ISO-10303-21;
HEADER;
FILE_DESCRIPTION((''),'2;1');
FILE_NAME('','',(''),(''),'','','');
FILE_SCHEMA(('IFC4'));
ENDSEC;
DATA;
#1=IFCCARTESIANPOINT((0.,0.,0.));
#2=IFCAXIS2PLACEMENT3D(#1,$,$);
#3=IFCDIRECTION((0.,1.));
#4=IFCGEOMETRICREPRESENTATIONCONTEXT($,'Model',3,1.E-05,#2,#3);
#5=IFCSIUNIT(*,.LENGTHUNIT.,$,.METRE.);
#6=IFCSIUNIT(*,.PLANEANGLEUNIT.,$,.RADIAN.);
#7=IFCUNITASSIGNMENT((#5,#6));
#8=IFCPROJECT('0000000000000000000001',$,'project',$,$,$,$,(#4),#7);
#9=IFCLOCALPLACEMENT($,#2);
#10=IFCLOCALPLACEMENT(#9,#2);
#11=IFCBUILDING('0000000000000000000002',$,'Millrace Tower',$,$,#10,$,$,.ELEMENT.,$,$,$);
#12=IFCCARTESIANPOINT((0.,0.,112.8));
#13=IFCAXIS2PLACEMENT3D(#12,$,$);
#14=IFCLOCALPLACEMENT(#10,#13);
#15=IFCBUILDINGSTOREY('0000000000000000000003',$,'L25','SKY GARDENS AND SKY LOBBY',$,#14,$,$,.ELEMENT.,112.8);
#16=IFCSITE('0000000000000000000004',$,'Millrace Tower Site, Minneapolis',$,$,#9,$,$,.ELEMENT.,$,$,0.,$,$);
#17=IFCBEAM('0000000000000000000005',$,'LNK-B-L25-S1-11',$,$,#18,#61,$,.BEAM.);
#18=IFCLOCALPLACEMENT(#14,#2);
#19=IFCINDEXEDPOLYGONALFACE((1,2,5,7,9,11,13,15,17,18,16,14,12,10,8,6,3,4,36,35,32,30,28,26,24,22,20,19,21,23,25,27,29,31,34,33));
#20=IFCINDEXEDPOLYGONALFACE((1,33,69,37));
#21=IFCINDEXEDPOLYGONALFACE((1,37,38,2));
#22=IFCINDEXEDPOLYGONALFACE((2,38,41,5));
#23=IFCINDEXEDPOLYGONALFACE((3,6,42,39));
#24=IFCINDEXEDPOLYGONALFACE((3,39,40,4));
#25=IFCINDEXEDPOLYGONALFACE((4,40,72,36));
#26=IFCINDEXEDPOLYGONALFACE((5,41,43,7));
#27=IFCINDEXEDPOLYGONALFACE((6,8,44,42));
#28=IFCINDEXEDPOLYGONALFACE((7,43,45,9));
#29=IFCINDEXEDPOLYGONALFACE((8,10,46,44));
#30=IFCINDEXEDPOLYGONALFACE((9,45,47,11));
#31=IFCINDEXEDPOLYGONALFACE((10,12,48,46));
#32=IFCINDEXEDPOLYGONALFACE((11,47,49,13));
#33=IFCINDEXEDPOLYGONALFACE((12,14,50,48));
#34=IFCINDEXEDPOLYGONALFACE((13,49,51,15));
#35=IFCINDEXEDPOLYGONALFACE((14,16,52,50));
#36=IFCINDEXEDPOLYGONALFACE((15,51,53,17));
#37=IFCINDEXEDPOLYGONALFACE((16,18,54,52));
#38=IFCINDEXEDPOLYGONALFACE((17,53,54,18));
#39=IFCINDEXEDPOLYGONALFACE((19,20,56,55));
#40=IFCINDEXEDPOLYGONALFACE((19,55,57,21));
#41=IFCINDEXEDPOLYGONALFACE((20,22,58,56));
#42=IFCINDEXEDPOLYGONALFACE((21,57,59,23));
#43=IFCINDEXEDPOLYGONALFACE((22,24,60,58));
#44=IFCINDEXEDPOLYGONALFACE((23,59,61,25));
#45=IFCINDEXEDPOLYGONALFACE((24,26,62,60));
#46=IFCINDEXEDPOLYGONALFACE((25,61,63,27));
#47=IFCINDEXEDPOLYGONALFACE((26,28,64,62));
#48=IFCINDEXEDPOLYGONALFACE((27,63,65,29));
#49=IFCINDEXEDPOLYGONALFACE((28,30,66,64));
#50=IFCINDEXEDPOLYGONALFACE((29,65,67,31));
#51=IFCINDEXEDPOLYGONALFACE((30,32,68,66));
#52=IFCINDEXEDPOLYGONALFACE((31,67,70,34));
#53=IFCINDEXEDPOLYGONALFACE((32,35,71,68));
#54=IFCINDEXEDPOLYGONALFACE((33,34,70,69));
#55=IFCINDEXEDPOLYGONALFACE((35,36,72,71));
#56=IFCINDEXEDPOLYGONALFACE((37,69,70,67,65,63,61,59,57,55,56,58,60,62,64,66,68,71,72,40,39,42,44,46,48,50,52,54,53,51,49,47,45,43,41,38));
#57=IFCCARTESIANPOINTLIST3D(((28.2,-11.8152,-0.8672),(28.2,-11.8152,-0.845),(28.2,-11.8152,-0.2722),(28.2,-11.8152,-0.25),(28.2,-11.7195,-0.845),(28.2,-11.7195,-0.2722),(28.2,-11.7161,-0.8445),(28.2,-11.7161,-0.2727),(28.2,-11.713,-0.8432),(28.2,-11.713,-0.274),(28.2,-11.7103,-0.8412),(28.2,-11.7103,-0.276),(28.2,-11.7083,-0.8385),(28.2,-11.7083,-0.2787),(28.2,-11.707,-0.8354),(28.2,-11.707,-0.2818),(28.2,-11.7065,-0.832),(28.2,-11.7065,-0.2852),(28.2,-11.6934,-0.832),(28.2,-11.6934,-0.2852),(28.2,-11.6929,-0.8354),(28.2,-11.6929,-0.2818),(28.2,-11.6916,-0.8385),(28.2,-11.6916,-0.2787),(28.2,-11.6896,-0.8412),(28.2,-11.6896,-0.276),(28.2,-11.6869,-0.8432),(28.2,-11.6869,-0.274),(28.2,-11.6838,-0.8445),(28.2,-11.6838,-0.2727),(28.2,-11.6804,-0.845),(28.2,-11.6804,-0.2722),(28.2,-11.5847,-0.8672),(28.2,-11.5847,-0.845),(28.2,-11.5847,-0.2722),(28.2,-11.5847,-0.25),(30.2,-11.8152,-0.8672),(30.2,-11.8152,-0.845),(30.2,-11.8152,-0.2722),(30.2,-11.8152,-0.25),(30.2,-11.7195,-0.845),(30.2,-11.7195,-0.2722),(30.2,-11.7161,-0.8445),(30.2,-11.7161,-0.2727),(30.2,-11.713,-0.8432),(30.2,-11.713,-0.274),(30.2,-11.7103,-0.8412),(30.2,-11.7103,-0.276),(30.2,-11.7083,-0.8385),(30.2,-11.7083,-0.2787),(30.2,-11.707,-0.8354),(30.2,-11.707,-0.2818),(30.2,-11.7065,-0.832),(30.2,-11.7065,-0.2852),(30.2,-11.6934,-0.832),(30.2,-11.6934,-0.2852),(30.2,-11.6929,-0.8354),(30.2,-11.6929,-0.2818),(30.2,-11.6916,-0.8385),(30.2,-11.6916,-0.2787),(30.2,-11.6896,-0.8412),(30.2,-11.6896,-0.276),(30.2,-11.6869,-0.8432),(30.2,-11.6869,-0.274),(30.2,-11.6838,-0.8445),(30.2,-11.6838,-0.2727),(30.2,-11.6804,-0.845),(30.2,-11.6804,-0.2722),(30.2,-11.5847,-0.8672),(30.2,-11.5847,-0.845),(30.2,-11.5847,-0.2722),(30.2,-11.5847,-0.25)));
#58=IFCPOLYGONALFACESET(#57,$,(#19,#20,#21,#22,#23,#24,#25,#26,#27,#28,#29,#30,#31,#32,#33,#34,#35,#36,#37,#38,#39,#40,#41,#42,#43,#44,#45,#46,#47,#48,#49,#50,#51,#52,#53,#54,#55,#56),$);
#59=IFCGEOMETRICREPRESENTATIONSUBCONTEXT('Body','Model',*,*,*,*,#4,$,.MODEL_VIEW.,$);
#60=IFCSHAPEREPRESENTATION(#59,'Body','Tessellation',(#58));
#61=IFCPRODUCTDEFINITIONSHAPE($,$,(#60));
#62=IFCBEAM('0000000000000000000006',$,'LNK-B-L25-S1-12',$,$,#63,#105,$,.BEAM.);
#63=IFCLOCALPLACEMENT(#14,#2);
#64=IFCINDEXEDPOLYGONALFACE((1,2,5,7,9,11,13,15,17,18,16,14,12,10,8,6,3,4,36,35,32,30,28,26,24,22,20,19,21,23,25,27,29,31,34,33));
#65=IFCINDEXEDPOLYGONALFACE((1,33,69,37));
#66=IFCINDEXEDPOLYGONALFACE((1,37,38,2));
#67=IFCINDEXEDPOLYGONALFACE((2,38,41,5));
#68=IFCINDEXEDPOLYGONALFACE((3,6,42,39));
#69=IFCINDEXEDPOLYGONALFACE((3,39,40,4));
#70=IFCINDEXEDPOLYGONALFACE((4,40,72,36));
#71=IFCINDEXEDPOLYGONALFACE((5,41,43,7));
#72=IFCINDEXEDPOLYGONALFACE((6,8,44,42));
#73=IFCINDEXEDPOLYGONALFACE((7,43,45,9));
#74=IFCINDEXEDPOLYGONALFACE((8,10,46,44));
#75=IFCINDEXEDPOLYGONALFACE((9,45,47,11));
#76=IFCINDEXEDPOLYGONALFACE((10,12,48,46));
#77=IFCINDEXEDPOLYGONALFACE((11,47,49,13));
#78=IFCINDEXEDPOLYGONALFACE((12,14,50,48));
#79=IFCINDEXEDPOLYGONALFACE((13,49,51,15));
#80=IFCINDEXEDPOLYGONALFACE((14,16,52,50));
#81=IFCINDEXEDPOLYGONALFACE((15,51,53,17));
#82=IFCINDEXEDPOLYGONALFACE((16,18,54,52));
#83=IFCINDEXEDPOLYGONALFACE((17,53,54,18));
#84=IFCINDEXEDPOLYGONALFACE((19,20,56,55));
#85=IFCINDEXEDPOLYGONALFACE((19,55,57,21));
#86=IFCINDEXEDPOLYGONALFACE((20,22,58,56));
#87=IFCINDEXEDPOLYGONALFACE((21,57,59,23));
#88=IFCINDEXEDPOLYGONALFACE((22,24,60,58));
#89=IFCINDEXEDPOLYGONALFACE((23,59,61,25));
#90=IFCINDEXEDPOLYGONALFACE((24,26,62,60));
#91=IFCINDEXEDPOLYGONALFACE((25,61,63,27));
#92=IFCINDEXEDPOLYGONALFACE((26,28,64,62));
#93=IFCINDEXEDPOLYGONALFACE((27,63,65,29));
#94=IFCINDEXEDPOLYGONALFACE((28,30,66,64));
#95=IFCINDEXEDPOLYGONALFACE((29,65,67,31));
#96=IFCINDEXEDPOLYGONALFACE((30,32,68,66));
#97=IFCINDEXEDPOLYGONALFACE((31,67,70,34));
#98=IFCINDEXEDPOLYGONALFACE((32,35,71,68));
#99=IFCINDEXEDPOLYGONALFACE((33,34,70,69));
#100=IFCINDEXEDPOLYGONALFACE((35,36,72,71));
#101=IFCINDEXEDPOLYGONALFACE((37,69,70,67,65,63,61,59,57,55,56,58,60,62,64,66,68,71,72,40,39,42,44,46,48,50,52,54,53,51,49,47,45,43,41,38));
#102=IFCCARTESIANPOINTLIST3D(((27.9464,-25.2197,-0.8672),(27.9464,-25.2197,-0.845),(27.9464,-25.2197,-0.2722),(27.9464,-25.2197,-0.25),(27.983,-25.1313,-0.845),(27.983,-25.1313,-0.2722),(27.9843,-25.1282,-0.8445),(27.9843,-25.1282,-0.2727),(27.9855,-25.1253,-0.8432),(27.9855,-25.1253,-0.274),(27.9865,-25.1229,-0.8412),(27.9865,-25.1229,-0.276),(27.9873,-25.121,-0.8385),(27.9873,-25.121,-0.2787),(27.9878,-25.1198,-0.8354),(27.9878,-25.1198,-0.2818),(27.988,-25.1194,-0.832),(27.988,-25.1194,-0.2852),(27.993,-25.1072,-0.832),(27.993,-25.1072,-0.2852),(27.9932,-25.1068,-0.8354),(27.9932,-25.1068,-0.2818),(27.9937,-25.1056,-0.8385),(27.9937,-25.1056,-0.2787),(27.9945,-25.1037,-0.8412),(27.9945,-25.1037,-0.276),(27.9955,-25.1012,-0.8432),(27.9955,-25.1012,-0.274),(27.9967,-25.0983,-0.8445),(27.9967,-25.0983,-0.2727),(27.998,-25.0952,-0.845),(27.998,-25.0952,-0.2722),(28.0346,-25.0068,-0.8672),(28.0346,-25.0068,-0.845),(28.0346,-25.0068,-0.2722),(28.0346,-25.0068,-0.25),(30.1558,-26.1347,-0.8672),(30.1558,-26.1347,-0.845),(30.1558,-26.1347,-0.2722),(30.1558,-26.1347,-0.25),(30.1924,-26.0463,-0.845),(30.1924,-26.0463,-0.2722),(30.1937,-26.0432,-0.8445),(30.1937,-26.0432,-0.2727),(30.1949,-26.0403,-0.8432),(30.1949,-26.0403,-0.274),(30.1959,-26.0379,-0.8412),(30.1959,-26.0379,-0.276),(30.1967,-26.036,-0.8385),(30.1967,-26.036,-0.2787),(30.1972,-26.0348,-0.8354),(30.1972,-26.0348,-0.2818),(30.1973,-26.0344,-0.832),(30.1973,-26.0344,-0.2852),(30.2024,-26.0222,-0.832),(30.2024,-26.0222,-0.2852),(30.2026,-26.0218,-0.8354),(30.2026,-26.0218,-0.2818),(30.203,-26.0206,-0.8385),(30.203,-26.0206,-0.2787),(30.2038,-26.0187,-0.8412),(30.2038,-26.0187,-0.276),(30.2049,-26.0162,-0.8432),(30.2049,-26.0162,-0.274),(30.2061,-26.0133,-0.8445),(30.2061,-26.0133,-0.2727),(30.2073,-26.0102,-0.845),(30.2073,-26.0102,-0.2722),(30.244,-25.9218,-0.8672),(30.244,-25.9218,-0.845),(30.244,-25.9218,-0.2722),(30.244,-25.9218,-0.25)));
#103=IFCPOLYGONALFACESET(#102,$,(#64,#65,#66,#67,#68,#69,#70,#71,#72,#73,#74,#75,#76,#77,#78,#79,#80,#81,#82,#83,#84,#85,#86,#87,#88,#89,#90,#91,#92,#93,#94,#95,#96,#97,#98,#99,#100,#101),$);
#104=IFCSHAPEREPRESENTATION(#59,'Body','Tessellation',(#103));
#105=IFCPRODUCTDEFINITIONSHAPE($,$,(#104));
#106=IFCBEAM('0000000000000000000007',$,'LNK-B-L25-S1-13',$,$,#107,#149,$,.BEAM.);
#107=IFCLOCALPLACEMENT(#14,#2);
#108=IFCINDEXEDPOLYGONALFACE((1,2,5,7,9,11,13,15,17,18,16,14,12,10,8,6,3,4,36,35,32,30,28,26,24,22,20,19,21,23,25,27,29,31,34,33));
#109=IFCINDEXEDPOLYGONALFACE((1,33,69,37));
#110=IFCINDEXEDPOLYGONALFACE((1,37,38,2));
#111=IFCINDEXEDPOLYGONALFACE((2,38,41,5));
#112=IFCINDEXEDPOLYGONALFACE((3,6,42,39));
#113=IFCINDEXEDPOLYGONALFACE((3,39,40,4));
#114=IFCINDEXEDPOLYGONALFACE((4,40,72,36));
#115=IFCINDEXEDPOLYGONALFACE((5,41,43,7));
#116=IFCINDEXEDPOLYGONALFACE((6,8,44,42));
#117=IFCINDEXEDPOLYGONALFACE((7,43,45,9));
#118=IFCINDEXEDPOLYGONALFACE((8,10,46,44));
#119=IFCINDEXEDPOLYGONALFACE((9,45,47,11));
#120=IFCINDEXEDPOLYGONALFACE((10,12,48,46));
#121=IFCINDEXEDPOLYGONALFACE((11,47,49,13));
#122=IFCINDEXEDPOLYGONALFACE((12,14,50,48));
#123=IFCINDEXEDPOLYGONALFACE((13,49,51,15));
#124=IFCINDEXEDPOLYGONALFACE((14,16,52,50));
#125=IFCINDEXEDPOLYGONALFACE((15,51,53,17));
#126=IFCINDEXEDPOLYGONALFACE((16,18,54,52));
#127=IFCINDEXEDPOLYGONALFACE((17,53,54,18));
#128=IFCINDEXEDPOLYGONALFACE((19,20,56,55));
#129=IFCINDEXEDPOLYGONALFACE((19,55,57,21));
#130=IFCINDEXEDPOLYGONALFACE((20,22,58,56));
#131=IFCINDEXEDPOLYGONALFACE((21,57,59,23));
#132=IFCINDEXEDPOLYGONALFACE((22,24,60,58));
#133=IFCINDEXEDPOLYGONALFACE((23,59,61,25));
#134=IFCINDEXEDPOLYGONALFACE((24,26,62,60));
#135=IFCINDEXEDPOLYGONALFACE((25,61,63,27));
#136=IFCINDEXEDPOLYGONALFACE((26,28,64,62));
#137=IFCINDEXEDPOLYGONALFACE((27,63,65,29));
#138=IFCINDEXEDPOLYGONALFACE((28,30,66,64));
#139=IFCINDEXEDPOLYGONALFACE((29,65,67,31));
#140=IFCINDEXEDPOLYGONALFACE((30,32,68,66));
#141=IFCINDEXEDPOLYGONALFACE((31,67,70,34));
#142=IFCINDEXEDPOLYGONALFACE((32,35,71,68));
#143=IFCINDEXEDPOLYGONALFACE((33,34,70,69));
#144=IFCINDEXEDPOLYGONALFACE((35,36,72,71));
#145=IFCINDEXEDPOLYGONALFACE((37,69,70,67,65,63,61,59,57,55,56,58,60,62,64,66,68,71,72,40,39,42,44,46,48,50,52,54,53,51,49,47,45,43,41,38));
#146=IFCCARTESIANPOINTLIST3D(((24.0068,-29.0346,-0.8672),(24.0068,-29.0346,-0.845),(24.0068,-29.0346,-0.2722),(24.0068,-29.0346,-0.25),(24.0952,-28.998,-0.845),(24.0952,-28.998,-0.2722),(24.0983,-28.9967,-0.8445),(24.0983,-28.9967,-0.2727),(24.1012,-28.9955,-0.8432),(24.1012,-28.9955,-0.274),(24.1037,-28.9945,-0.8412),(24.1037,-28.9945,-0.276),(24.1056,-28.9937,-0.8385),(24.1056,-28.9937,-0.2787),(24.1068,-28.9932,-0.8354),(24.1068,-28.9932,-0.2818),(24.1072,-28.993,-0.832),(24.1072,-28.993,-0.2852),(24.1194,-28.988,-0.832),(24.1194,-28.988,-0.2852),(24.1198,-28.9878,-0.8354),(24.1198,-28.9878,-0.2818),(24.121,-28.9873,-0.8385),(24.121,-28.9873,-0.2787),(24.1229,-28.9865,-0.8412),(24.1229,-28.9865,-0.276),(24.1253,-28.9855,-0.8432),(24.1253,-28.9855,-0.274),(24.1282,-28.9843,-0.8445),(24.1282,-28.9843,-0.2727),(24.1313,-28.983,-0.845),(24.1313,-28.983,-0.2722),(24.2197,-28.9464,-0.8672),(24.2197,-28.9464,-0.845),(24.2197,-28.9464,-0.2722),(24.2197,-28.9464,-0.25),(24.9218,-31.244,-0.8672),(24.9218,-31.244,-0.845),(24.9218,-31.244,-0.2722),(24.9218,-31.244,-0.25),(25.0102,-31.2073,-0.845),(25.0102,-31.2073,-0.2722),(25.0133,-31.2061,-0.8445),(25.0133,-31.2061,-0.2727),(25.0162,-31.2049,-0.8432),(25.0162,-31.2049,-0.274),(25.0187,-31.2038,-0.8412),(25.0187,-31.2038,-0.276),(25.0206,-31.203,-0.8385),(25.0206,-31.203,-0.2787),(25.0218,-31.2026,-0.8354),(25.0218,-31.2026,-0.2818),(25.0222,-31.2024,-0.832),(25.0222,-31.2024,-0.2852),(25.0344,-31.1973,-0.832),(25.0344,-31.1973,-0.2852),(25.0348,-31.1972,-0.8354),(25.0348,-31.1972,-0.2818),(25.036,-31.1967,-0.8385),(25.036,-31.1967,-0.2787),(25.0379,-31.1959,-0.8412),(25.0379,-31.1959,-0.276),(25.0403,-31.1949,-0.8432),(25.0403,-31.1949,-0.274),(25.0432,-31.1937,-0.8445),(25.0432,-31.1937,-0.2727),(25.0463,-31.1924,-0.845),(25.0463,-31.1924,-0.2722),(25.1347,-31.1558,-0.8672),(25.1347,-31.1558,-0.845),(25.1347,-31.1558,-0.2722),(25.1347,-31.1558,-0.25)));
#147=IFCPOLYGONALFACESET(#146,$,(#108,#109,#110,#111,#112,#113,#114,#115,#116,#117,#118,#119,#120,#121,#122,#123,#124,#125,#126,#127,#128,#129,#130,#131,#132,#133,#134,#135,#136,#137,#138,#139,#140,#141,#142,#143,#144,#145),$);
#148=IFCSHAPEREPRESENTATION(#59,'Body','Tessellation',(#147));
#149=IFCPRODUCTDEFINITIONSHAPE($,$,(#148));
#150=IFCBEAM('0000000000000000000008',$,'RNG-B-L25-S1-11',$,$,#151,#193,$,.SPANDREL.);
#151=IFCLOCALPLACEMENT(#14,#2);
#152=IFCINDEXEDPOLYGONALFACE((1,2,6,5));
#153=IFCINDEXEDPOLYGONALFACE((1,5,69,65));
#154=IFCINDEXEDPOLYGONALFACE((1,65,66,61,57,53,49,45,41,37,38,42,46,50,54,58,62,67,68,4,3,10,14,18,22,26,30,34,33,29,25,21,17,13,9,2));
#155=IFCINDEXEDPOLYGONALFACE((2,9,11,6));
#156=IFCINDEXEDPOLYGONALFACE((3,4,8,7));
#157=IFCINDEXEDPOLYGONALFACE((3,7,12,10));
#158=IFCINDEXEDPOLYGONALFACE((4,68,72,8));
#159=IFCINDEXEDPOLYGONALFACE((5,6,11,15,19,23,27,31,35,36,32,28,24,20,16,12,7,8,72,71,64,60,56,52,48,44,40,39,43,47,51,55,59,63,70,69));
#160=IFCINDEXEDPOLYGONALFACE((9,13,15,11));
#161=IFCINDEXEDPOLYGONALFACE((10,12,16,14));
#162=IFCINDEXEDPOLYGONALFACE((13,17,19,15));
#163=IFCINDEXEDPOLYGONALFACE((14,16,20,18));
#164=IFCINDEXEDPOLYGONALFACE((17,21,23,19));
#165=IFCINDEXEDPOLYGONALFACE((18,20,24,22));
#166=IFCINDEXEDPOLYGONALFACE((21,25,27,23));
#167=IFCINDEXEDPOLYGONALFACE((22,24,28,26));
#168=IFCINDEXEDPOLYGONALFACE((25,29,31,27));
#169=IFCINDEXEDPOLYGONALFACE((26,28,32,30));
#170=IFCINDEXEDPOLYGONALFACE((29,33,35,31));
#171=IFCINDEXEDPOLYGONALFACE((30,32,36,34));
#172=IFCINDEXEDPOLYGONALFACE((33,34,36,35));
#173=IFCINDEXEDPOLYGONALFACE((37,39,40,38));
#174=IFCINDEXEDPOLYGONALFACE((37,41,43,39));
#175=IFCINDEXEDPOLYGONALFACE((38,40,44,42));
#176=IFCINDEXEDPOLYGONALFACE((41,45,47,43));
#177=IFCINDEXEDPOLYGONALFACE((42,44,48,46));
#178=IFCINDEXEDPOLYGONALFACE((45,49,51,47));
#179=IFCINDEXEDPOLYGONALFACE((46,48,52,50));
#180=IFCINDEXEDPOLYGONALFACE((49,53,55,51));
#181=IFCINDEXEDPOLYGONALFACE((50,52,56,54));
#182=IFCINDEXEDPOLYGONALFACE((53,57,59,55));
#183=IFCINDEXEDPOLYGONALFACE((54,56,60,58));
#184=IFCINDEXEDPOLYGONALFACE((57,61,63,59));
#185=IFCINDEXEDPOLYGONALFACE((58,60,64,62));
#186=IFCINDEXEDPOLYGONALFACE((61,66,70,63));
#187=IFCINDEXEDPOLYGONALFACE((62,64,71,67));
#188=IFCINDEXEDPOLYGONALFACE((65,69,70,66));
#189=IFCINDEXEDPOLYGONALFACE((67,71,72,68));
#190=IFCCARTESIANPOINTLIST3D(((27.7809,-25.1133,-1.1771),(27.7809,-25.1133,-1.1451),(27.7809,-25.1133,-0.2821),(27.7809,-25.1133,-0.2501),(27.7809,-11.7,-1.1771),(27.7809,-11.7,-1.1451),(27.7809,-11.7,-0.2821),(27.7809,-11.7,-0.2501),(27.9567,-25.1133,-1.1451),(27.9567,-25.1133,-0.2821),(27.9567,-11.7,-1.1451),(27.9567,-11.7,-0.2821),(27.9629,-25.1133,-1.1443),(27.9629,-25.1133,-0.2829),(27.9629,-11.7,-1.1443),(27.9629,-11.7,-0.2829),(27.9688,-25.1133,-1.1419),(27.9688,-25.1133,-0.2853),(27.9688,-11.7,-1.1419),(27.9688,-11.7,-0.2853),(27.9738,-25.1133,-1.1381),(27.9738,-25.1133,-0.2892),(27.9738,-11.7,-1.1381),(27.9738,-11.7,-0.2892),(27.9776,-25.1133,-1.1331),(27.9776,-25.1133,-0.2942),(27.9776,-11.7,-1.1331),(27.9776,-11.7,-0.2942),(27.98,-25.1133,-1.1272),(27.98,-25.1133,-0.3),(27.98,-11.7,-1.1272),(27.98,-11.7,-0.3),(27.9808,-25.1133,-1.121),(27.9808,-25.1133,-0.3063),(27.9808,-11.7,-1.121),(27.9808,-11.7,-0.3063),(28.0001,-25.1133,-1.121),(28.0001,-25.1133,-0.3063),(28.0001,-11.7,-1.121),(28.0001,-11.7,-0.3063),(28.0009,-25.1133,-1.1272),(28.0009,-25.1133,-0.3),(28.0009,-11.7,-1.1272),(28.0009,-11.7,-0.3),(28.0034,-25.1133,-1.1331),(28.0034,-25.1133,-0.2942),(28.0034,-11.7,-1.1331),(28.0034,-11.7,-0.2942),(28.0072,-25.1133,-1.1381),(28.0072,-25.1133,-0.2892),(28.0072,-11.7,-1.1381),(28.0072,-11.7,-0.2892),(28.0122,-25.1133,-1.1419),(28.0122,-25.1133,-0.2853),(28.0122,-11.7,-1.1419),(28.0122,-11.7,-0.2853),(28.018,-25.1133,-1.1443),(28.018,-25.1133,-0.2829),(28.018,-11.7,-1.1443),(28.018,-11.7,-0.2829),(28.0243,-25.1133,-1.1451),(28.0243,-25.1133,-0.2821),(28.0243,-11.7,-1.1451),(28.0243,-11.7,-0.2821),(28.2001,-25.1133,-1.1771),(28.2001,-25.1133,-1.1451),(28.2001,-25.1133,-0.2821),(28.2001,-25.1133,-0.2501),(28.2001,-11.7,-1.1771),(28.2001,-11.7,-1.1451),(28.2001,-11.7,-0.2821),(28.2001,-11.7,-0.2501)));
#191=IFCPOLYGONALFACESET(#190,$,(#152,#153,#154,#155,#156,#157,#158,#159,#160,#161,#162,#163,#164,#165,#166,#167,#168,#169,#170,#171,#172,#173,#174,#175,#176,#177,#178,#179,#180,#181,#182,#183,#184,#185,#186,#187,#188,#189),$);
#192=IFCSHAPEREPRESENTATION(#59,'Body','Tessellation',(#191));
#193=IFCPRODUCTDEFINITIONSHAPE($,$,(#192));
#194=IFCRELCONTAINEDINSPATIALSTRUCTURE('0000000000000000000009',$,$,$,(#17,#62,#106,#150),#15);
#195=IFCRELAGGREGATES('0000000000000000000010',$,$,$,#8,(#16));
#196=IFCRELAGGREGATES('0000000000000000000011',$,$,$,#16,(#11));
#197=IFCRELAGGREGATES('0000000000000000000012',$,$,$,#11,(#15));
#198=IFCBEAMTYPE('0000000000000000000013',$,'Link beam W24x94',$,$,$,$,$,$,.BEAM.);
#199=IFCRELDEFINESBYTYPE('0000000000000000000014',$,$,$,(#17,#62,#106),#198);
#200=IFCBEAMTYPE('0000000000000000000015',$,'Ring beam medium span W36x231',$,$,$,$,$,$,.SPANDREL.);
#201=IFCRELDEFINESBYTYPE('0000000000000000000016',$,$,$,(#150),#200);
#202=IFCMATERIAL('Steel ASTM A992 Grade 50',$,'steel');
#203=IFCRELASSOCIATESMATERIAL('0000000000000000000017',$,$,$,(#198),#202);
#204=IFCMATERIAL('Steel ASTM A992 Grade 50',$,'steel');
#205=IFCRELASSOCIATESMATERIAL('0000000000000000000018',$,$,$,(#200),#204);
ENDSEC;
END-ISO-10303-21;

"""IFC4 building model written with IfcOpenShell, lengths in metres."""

from ifc_helpers import new_model, si_unit, direction, frame, origin, origin_2d, place, context, subcontext, project, spatial, i_section, extrude, material, material_profile, profile_set, type_object, element, save


model = new_model("IFC4")

# Units and contexts
model_context = context("Model", 3, precision=1e-05, world=origin(), true_north=direction((0.0, 1.0)))
body_context = subcontext(model_context, "Body", "Model", "MODEL_VIEW")
ifc_project = project(units=[si_unit("LENGTHUNIT", "METRE"), si_unit("PLANEANGLEUNIT", "RADIAN")], contexts=[model_context])

# Site, building, storey
site_placement = place(None, origin())
site = spatial("IfcSite", under=ifc_project, at=site_placement, Name="Millrace Tower Site, Minneapolis", CompositionType="ELEMENT", RefElevation=0.0)
building_placement = place(site_placement, origin())
building = spatial("IfcBuilding", under=site, at=building_placement, Name="Millrace Tower", CompositionType="ELEMENT")
storey_placement = place(building_placement, frame((0.0, 0.0, 112.8)))
storey = spatial("IfcBuildingStorey", under=building, at=storey_placement, Name="L25", Description="SKY GARDENS AND SKY LOBBY", CompositionType="ELEMENT", Elevation=112.8)

# Beams
ifc_material_1 = material(Name="Steel ASTM A992 Grade 50", Category="steel")
ifc_material_profile_1 = material_profile(ifc_material_1, i_section(OverallWidth=0.2305, OverallDepth=0.6172, WebThickness=0.0132, FlangeThickness=0.0222, FilletRadius=0.0129, at=origin_2d()))
ifc_profile_set_1 = profile_set([ifc_material_profile_1], Name="Steel ASTM A992 Grade 50")
beam_type_1 = type_object("IfcBeamType", Name="Link beam W24x94", PredefinedType="BEAM", material=ifc_profile_set_1)
beam_1_placement = place(storey_placement, frame((28.2, -11.7, -0.5586), z_axis=(1.0, 0.0, 0.0), x_axis=(0.0, 1.0, 0.0)))
element("IfcBeam", 1, at=beam_1_placement, inside=storey, type_object=beam_type_1, Name="LNK-B-L25-S1-11", PredefinedType="BEAM", context=body_context, shape_type="SweptSolid", body=[
    extrude(i_section(OverallWidth=0.2305, OverallDepth=0.6172, WebThickness=0.0132, FlangeThickness=0.0222, FilletRadius=0.0129, at=origin_2d()), origin(), (0.0, 0.0, 1.0), 2.0),
])
for number, where, z_axis, x_axis, name in (
    (2, (27.9905, -25.1133, -0.5586), (0.923902, -0.382628, 0.0), (0.382628, 0.923902, 0.0), "LNK-B-L25-S1-12"),
    (3, (24.1133, -28.9905, -0.5586), (0.382628, -0.923902, 0.0), (0.923902, 0.382628, 0.0), "LNK-B-L25-S1-13"),
):
    element("IfcBeam", number, at=place(storey_placement, frame(where, z_axis=z_axis, x_axis=x_axis)), inside=storey, type_object=beam_type_1, Name=name, PredefinedType="BEAM", context=body_context, shape_type="SweptSolid", body=[
        extrude(i_section(OverallWidth=0.2305, OverallDepth=0.6172, WebThickness=0.0132, FlangeThickness=0.0222, FilletRadius=0.0129, at=origin_2d()), origin(), (0.0, 0.0, 1.0), 2.3914),
    ])
ifc_material_2 = material(Name="Steel ASTM A992 Grade 50", Category="steel")
ifc_material_profile_2 = material_profile(ifc_material_2, i_section(OverallWidth=0.4192, OverallDepth=0.927, WebThickness=0.0193, FlangeThickness=0.032, FilletRadius=0.0242, at=origin_2d()))
ifc_profile_set_2 = profile_set([ifc_material_profile_2], Name="Steel ASTM A992 Grade 50")
beam_type_2 = type_object("IfcBeamType", Name="Ring beam medium span W36x231", PredefinedType="SPANDREL", material=ifc_profile_set_2)
for number, where, z_axis, x_axis, name in (
    (4, (27.9905, -11.7, -0.7136), (0.0, -1.0, 0.0), (1.0, 0.0, 0.0), "RNG-B-L25-S1-11"),
):
    element("IfcBeam", number, at=place(storey_placement, frame(where, z_axis=z_axis, x_axis=x_axis)), inside=storey, type_object=beam_type_2, Name=name, PredefinedType="SPANDREL", context=body_context, shape_type="SweptSolid", body=[
        extrude(i_section(OverallWidth=0.4192, OverallDepth=0.927, WebThickness=0.0193, FlangeThickness=0.032, FilletRadius=0.0242, at=origin_2d()), origin(), (0.0, 0.0, 1.0), 13.4133),
    ])

save(model, "model.ifc")
